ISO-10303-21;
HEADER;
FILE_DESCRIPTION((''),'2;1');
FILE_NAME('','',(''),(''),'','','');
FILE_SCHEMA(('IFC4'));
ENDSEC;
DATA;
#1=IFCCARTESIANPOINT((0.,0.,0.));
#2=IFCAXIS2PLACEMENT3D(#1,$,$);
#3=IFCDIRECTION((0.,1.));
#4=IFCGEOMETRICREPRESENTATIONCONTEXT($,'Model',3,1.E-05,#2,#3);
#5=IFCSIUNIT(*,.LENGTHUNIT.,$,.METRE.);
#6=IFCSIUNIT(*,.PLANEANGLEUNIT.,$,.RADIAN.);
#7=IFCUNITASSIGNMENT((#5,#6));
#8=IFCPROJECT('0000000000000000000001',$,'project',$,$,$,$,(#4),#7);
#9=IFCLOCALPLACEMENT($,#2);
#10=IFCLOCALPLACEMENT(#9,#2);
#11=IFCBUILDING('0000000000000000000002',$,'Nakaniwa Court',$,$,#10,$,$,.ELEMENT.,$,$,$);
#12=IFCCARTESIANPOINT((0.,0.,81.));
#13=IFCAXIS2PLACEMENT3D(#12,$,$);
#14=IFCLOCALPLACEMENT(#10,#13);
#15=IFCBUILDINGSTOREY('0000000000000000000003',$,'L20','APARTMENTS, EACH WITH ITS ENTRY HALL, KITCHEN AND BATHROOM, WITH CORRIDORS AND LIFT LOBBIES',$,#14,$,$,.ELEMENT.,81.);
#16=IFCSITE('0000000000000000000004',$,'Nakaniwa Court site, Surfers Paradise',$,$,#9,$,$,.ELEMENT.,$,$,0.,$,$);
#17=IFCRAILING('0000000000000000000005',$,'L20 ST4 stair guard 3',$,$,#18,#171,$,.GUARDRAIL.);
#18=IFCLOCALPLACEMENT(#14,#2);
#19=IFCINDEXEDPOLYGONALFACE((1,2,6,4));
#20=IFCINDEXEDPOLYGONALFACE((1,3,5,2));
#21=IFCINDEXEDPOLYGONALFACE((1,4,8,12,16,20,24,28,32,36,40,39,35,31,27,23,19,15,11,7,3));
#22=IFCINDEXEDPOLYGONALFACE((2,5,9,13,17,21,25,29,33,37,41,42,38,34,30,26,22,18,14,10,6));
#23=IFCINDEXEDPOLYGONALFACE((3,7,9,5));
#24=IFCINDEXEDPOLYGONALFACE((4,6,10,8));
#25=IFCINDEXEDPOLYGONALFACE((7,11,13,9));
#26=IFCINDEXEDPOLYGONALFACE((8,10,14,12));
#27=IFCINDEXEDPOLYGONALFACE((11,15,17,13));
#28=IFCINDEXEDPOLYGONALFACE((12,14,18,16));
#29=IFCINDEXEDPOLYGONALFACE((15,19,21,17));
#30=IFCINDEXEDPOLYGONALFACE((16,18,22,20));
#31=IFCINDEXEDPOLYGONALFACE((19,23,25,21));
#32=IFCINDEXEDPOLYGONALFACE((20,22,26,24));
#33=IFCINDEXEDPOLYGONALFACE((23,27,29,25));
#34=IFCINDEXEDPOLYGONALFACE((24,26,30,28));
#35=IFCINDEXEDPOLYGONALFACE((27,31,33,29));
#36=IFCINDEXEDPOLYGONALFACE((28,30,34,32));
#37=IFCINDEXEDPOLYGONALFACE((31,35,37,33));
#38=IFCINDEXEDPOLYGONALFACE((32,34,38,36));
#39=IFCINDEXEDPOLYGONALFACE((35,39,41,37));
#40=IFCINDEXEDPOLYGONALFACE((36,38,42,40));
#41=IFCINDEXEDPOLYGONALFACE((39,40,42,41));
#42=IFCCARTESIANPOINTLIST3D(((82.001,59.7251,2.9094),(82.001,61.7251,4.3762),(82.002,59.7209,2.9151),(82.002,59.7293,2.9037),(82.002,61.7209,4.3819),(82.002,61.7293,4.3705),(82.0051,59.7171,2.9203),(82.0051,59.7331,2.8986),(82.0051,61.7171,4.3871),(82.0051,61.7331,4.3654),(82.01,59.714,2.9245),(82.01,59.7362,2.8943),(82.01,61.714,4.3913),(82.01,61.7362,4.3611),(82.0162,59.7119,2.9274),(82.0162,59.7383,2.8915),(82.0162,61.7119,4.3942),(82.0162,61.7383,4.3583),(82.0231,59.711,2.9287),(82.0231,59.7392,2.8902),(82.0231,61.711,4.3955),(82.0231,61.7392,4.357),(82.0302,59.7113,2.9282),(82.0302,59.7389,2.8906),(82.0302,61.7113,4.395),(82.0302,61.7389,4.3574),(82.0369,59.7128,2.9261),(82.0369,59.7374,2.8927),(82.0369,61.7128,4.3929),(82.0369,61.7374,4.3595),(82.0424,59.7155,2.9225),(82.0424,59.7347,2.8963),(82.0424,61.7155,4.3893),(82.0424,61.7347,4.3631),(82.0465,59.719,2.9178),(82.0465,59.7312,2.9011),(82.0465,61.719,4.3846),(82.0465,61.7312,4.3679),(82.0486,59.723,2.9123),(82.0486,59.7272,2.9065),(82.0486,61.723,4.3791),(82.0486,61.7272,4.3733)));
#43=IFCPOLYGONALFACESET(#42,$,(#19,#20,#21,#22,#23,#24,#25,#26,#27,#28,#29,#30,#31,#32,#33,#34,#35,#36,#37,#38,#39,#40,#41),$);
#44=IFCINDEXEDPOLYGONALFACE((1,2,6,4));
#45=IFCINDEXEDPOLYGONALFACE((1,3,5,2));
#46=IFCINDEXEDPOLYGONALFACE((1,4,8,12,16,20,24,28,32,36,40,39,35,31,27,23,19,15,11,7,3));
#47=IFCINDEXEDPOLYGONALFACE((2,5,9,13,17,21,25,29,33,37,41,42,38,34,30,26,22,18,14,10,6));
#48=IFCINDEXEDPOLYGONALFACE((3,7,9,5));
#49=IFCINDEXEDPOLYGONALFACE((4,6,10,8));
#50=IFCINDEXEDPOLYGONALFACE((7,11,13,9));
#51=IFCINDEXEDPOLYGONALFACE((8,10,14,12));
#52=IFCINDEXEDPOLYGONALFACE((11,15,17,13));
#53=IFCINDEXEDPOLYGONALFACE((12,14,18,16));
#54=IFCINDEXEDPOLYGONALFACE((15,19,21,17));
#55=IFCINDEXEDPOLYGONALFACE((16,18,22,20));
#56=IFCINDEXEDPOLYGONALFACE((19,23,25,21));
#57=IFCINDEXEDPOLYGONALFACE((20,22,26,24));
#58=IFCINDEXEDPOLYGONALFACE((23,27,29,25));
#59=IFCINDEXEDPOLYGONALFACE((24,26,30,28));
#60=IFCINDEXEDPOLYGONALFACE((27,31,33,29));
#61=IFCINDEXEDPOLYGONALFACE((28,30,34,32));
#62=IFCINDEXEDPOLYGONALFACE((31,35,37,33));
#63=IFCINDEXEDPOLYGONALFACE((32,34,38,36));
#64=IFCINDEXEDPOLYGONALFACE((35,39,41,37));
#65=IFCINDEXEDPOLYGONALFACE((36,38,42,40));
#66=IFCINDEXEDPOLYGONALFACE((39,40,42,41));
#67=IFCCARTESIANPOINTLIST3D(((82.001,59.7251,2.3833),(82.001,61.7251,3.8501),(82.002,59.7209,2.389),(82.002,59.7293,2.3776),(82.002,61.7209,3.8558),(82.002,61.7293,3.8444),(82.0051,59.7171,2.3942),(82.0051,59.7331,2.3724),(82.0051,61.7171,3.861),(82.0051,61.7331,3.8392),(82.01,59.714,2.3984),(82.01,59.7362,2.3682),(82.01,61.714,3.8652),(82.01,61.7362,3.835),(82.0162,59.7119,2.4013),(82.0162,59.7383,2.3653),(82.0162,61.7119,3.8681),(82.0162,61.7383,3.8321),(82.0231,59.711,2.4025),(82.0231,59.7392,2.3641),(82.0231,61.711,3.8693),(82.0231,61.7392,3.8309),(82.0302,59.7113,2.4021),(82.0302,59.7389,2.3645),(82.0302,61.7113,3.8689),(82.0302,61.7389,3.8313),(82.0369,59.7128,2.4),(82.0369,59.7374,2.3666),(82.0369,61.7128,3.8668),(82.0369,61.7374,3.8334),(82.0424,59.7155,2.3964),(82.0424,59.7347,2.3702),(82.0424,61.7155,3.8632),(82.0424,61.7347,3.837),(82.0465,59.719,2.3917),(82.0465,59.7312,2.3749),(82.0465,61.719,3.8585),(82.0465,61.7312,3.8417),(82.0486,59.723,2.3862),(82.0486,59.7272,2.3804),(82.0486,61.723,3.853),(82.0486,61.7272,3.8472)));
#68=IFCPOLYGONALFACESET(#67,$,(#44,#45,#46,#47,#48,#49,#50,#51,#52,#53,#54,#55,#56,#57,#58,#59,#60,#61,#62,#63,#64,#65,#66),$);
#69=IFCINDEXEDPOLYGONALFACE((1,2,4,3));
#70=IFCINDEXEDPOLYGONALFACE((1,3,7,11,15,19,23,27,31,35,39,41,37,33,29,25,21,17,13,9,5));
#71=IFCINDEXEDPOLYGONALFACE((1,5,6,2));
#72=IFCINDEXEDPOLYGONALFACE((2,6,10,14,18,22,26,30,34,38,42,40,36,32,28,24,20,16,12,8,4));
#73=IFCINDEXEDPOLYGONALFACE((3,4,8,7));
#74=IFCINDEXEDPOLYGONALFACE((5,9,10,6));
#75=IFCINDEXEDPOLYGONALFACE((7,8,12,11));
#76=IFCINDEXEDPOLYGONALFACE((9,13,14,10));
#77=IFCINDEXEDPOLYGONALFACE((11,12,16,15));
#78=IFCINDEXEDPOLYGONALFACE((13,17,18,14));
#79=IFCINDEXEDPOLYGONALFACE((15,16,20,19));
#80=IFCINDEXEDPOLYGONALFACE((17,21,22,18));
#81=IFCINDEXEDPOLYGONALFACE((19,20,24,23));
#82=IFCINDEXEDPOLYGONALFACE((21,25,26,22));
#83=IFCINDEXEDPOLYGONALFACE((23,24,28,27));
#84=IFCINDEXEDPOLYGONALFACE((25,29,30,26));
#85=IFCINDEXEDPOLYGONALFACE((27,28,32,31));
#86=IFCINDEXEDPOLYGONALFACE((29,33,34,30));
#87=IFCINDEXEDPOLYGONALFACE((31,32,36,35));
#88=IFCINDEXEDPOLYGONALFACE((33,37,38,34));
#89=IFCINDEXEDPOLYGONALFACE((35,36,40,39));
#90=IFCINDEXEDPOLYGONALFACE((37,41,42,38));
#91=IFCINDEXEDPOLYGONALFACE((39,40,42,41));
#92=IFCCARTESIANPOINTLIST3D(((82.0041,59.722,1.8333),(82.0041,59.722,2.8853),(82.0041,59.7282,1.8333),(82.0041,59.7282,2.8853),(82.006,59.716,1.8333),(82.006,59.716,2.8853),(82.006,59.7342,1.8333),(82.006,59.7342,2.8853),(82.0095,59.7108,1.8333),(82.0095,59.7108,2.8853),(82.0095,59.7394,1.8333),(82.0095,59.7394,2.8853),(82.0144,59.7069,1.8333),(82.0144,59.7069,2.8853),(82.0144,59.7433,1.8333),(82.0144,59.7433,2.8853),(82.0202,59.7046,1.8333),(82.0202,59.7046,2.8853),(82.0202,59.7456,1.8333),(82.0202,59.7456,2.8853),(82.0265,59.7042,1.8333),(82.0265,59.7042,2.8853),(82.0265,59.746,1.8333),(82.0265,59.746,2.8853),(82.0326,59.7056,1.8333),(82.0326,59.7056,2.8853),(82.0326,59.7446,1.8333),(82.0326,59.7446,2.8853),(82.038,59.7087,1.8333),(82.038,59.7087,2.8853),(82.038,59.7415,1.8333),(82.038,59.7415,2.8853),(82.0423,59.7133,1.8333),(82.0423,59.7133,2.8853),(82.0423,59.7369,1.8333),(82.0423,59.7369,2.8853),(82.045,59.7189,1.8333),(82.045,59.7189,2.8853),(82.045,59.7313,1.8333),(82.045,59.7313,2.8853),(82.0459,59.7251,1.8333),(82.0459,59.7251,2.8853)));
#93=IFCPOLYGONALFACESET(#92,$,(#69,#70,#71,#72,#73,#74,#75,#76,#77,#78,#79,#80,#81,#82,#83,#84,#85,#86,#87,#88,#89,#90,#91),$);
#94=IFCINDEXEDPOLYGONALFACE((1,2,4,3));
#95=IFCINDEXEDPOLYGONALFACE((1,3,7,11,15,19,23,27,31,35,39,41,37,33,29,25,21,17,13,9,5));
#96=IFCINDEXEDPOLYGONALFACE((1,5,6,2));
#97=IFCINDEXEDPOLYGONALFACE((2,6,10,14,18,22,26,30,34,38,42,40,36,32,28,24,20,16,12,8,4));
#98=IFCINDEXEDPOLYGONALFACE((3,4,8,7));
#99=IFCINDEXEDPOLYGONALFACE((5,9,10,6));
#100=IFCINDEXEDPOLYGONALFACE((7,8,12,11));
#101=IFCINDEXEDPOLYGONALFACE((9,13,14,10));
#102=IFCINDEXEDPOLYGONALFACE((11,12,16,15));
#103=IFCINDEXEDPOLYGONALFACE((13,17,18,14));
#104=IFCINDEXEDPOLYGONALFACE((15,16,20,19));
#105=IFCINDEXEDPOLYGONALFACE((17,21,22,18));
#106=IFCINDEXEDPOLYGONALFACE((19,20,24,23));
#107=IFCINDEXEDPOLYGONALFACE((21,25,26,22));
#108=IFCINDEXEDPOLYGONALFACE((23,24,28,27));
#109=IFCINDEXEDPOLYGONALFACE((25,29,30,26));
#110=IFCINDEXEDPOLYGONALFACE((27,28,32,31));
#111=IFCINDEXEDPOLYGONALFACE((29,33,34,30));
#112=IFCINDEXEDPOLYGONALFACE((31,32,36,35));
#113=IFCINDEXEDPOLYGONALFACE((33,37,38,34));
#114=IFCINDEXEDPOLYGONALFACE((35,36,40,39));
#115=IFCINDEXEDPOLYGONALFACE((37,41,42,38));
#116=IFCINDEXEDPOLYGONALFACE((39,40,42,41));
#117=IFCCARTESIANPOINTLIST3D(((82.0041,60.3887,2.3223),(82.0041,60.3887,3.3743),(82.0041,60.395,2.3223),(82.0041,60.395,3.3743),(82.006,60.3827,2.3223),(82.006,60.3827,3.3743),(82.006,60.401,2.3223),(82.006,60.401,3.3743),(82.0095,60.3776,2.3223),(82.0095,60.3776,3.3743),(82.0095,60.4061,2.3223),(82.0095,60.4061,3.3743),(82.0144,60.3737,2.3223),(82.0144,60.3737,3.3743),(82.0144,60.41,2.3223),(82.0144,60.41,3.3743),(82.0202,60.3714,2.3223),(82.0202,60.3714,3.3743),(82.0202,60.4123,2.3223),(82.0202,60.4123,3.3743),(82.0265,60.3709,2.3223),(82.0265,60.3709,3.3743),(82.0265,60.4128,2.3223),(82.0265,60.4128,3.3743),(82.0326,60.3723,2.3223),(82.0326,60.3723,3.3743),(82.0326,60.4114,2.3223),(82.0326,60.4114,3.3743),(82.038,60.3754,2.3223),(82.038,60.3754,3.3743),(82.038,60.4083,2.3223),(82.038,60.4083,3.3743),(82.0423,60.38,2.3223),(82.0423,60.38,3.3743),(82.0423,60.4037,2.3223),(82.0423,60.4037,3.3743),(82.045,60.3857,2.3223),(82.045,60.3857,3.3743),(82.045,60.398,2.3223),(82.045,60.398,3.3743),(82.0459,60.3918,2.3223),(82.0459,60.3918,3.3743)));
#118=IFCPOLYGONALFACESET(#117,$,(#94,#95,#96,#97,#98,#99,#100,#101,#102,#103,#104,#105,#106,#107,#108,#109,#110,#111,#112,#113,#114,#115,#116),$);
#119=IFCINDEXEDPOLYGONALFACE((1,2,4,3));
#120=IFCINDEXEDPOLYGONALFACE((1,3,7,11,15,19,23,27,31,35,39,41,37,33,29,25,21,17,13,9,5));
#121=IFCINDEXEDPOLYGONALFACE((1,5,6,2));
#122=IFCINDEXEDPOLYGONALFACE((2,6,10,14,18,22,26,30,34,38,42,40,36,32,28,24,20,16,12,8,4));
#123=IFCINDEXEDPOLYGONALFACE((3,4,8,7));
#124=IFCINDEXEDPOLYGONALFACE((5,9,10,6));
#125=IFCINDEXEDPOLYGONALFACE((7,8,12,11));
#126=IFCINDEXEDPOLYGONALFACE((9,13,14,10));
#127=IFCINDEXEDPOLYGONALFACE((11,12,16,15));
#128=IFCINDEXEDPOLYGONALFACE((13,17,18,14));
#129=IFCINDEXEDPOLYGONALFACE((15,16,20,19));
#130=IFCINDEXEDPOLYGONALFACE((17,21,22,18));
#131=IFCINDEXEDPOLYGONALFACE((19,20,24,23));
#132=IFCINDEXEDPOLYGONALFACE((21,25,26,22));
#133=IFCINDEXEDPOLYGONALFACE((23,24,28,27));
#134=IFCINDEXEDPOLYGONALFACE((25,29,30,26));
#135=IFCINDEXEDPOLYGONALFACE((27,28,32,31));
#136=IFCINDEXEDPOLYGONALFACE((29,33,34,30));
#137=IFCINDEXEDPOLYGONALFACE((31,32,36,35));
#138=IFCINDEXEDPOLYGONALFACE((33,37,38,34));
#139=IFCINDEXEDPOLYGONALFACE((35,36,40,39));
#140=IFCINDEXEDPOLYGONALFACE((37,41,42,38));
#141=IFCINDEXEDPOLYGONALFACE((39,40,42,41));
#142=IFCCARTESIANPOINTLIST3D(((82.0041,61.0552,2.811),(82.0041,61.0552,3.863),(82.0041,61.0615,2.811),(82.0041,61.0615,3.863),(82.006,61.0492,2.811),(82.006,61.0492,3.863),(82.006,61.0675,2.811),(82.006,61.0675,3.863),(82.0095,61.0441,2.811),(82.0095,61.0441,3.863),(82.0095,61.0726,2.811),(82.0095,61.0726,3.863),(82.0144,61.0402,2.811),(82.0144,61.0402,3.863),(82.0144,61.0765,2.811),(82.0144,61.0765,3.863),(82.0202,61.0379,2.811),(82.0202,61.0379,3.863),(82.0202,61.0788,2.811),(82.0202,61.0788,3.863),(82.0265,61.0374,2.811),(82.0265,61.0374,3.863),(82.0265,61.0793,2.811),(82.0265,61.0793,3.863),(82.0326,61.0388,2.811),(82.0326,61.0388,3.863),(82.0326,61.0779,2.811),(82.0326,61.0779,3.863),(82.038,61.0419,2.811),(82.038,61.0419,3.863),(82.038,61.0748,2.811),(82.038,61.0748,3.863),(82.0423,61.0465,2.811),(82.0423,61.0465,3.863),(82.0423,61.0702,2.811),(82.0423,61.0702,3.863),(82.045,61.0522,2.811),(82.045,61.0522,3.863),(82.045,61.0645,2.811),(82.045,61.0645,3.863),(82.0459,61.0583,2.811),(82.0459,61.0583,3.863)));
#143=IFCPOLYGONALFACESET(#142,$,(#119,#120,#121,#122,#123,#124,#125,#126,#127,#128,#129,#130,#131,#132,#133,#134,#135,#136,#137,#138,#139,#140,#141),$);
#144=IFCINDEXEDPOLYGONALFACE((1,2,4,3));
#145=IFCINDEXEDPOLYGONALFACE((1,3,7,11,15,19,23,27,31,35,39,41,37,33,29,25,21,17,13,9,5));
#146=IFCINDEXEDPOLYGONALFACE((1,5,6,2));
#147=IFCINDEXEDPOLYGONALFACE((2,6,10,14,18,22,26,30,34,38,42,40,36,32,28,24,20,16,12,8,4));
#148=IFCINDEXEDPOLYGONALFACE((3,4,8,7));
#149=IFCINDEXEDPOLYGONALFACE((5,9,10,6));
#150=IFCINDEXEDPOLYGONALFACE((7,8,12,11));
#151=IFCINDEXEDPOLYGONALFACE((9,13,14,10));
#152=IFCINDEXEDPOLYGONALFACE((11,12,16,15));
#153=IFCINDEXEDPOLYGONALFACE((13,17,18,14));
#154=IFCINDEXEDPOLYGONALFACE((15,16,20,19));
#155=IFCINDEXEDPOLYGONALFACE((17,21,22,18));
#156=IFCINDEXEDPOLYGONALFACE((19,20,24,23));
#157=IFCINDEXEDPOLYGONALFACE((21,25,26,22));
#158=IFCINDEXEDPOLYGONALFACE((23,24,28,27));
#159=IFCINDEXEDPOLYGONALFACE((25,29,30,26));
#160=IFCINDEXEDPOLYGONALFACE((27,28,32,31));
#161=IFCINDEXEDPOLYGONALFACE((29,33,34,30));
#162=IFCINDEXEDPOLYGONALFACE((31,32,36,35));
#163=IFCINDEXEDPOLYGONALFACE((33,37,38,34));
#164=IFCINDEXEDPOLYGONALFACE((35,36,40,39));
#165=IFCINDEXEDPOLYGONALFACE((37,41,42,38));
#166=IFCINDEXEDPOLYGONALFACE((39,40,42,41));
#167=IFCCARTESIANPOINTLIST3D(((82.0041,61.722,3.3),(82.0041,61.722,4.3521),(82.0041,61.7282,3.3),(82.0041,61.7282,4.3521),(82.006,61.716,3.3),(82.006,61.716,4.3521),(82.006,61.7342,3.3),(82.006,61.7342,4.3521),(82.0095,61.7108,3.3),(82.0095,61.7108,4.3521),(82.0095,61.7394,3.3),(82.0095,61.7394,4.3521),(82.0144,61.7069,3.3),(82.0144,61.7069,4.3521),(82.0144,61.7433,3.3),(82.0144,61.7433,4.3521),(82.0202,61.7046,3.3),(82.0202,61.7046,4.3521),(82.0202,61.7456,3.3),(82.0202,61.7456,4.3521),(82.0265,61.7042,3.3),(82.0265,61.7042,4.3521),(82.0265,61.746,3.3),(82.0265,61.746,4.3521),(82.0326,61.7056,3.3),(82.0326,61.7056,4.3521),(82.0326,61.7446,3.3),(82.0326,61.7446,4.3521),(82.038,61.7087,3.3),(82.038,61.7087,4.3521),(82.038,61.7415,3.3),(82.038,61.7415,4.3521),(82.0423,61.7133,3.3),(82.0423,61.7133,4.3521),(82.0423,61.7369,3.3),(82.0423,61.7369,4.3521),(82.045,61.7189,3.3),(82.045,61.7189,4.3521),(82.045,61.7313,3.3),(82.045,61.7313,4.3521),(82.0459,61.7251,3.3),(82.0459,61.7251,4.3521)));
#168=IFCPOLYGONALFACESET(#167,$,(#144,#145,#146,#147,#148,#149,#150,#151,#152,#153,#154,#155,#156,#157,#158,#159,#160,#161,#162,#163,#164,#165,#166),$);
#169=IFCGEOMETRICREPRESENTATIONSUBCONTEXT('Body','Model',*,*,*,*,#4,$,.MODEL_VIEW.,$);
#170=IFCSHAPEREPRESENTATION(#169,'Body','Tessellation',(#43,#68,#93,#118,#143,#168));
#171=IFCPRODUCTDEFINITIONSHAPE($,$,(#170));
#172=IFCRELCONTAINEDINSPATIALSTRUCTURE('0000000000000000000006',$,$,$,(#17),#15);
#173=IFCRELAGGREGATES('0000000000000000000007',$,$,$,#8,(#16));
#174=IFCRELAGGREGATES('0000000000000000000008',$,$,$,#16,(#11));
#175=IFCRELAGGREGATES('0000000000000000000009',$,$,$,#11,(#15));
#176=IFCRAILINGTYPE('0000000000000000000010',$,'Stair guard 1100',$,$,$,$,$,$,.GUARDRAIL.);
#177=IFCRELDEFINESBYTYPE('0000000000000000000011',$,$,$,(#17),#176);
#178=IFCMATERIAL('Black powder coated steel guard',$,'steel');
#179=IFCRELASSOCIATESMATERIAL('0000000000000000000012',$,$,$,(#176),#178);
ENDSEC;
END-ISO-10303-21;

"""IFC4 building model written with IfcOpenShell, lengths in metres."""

from ifc_helpers import new_model, si_unit, direction, frame, origin, origin_2d, place, context, subcontext, project, spatial, circle, extrude, material, type_object, element, save


model = new_model("IFC4")

# Units and contexts
model_context = context("Model", 3, precision=1e-05, world=origin(), true_north=direction((0.0, 1.0)))
body_context = subcontext(model_context, "Body", "Model", "MODEL_VIEW")
ifc_project = project(units=[si_unit("LENGTHUNIT", "METRE"), si_unit("PLANEANGLEUNIT", "RADIAN")], contexts=[model_context])

# Site, building, storey
site_placement = place(None, origin())
site = spatial("IfcSite", under=ifc_project, at=site_placement, Name="Nakaniwa Court site, Surfers Paradise", CompositionType="ELEMENT", RefElevation=0.0)
building_placement = place(site_placement, origin())
building = spatial("IfcBuilding", under=site, at=building_placement, Name="Nakaniwa Court", CompositionType="ELEMENT")
storey_placement = place(building_placement, frame((0.0, 0.0, 81.0)))
storey = spatial("IfcBuildingStorey", under=building, at=storey_placement, Name="L20", Description="APARTMENTS, EACH WITH ITS ENTRY HALL, KITCHEN AND BATHROOM, WITH CORRIDORS AND LIFT LOBBIES", CompositionType="ELEMENT", Elevation=81.0)

# Railing
ifc_material_1 = material(Name="Black powder coated steel guard", Category="steel")
railing_type_1 = type_object("IfcRailingType", Name="Stair guard 1100", PredefinedType="GUARDRAIL", material=ifc_material_1)
railing_1_placement = place(storey_placement, frame((82.0249, 59.7251, 1.8333)))
element("IfcRailing", 1, at=railing_1_placement, inside=storey, type_object=railing_type_1, Name="L20 ST4 stair guard 3", PredefinedType="GUARDRAIL", context=body_context, shape_type="SweptSolid", body=[
    extrude(circle(Radius=0.0239, at=origin_2d()), frame((0.0, 0.0, 1.0762), z_axis=(0.0, 0.80638, 0.591398), x_axis=(-1.0, 0.0, 0.0)), (0.0, 0.0, 1.0), 2.4802),
    extrude(circle(Radius=0.0239, at=origin_2d()), frame((0.0, 0.0, 0.55), z_axis=(0.0, 0.80638, 0.591398), x_axis=(-1.0, 0.0, 0.0)), (0.0, 0.0, 1.0), 2.4802),
    extrude(circle(Radius=0.021, at=origin_2d()), origin(), (0.0, 0.0, 1.0), 1.052),
    extrude(circle(Radius=0.021, at=origin_2d()), frame((0.0, 0.6667, 0.489)), (0.0, 0.0, 1.0), 1.052),
    extrude(circle(Radius=0.021, at=origin_2d()), frame((0.0, 1.3333, 0.9778)), (0.0, 0.0, 1.0), 1.052),
    extrude(circle(Radius=0.021, at=origin_2d()), frame((0.0, 2.0, 1.4668)), (0.0, 0.0, 1.0), 1.052),
])

save(model, "model.ifc")
